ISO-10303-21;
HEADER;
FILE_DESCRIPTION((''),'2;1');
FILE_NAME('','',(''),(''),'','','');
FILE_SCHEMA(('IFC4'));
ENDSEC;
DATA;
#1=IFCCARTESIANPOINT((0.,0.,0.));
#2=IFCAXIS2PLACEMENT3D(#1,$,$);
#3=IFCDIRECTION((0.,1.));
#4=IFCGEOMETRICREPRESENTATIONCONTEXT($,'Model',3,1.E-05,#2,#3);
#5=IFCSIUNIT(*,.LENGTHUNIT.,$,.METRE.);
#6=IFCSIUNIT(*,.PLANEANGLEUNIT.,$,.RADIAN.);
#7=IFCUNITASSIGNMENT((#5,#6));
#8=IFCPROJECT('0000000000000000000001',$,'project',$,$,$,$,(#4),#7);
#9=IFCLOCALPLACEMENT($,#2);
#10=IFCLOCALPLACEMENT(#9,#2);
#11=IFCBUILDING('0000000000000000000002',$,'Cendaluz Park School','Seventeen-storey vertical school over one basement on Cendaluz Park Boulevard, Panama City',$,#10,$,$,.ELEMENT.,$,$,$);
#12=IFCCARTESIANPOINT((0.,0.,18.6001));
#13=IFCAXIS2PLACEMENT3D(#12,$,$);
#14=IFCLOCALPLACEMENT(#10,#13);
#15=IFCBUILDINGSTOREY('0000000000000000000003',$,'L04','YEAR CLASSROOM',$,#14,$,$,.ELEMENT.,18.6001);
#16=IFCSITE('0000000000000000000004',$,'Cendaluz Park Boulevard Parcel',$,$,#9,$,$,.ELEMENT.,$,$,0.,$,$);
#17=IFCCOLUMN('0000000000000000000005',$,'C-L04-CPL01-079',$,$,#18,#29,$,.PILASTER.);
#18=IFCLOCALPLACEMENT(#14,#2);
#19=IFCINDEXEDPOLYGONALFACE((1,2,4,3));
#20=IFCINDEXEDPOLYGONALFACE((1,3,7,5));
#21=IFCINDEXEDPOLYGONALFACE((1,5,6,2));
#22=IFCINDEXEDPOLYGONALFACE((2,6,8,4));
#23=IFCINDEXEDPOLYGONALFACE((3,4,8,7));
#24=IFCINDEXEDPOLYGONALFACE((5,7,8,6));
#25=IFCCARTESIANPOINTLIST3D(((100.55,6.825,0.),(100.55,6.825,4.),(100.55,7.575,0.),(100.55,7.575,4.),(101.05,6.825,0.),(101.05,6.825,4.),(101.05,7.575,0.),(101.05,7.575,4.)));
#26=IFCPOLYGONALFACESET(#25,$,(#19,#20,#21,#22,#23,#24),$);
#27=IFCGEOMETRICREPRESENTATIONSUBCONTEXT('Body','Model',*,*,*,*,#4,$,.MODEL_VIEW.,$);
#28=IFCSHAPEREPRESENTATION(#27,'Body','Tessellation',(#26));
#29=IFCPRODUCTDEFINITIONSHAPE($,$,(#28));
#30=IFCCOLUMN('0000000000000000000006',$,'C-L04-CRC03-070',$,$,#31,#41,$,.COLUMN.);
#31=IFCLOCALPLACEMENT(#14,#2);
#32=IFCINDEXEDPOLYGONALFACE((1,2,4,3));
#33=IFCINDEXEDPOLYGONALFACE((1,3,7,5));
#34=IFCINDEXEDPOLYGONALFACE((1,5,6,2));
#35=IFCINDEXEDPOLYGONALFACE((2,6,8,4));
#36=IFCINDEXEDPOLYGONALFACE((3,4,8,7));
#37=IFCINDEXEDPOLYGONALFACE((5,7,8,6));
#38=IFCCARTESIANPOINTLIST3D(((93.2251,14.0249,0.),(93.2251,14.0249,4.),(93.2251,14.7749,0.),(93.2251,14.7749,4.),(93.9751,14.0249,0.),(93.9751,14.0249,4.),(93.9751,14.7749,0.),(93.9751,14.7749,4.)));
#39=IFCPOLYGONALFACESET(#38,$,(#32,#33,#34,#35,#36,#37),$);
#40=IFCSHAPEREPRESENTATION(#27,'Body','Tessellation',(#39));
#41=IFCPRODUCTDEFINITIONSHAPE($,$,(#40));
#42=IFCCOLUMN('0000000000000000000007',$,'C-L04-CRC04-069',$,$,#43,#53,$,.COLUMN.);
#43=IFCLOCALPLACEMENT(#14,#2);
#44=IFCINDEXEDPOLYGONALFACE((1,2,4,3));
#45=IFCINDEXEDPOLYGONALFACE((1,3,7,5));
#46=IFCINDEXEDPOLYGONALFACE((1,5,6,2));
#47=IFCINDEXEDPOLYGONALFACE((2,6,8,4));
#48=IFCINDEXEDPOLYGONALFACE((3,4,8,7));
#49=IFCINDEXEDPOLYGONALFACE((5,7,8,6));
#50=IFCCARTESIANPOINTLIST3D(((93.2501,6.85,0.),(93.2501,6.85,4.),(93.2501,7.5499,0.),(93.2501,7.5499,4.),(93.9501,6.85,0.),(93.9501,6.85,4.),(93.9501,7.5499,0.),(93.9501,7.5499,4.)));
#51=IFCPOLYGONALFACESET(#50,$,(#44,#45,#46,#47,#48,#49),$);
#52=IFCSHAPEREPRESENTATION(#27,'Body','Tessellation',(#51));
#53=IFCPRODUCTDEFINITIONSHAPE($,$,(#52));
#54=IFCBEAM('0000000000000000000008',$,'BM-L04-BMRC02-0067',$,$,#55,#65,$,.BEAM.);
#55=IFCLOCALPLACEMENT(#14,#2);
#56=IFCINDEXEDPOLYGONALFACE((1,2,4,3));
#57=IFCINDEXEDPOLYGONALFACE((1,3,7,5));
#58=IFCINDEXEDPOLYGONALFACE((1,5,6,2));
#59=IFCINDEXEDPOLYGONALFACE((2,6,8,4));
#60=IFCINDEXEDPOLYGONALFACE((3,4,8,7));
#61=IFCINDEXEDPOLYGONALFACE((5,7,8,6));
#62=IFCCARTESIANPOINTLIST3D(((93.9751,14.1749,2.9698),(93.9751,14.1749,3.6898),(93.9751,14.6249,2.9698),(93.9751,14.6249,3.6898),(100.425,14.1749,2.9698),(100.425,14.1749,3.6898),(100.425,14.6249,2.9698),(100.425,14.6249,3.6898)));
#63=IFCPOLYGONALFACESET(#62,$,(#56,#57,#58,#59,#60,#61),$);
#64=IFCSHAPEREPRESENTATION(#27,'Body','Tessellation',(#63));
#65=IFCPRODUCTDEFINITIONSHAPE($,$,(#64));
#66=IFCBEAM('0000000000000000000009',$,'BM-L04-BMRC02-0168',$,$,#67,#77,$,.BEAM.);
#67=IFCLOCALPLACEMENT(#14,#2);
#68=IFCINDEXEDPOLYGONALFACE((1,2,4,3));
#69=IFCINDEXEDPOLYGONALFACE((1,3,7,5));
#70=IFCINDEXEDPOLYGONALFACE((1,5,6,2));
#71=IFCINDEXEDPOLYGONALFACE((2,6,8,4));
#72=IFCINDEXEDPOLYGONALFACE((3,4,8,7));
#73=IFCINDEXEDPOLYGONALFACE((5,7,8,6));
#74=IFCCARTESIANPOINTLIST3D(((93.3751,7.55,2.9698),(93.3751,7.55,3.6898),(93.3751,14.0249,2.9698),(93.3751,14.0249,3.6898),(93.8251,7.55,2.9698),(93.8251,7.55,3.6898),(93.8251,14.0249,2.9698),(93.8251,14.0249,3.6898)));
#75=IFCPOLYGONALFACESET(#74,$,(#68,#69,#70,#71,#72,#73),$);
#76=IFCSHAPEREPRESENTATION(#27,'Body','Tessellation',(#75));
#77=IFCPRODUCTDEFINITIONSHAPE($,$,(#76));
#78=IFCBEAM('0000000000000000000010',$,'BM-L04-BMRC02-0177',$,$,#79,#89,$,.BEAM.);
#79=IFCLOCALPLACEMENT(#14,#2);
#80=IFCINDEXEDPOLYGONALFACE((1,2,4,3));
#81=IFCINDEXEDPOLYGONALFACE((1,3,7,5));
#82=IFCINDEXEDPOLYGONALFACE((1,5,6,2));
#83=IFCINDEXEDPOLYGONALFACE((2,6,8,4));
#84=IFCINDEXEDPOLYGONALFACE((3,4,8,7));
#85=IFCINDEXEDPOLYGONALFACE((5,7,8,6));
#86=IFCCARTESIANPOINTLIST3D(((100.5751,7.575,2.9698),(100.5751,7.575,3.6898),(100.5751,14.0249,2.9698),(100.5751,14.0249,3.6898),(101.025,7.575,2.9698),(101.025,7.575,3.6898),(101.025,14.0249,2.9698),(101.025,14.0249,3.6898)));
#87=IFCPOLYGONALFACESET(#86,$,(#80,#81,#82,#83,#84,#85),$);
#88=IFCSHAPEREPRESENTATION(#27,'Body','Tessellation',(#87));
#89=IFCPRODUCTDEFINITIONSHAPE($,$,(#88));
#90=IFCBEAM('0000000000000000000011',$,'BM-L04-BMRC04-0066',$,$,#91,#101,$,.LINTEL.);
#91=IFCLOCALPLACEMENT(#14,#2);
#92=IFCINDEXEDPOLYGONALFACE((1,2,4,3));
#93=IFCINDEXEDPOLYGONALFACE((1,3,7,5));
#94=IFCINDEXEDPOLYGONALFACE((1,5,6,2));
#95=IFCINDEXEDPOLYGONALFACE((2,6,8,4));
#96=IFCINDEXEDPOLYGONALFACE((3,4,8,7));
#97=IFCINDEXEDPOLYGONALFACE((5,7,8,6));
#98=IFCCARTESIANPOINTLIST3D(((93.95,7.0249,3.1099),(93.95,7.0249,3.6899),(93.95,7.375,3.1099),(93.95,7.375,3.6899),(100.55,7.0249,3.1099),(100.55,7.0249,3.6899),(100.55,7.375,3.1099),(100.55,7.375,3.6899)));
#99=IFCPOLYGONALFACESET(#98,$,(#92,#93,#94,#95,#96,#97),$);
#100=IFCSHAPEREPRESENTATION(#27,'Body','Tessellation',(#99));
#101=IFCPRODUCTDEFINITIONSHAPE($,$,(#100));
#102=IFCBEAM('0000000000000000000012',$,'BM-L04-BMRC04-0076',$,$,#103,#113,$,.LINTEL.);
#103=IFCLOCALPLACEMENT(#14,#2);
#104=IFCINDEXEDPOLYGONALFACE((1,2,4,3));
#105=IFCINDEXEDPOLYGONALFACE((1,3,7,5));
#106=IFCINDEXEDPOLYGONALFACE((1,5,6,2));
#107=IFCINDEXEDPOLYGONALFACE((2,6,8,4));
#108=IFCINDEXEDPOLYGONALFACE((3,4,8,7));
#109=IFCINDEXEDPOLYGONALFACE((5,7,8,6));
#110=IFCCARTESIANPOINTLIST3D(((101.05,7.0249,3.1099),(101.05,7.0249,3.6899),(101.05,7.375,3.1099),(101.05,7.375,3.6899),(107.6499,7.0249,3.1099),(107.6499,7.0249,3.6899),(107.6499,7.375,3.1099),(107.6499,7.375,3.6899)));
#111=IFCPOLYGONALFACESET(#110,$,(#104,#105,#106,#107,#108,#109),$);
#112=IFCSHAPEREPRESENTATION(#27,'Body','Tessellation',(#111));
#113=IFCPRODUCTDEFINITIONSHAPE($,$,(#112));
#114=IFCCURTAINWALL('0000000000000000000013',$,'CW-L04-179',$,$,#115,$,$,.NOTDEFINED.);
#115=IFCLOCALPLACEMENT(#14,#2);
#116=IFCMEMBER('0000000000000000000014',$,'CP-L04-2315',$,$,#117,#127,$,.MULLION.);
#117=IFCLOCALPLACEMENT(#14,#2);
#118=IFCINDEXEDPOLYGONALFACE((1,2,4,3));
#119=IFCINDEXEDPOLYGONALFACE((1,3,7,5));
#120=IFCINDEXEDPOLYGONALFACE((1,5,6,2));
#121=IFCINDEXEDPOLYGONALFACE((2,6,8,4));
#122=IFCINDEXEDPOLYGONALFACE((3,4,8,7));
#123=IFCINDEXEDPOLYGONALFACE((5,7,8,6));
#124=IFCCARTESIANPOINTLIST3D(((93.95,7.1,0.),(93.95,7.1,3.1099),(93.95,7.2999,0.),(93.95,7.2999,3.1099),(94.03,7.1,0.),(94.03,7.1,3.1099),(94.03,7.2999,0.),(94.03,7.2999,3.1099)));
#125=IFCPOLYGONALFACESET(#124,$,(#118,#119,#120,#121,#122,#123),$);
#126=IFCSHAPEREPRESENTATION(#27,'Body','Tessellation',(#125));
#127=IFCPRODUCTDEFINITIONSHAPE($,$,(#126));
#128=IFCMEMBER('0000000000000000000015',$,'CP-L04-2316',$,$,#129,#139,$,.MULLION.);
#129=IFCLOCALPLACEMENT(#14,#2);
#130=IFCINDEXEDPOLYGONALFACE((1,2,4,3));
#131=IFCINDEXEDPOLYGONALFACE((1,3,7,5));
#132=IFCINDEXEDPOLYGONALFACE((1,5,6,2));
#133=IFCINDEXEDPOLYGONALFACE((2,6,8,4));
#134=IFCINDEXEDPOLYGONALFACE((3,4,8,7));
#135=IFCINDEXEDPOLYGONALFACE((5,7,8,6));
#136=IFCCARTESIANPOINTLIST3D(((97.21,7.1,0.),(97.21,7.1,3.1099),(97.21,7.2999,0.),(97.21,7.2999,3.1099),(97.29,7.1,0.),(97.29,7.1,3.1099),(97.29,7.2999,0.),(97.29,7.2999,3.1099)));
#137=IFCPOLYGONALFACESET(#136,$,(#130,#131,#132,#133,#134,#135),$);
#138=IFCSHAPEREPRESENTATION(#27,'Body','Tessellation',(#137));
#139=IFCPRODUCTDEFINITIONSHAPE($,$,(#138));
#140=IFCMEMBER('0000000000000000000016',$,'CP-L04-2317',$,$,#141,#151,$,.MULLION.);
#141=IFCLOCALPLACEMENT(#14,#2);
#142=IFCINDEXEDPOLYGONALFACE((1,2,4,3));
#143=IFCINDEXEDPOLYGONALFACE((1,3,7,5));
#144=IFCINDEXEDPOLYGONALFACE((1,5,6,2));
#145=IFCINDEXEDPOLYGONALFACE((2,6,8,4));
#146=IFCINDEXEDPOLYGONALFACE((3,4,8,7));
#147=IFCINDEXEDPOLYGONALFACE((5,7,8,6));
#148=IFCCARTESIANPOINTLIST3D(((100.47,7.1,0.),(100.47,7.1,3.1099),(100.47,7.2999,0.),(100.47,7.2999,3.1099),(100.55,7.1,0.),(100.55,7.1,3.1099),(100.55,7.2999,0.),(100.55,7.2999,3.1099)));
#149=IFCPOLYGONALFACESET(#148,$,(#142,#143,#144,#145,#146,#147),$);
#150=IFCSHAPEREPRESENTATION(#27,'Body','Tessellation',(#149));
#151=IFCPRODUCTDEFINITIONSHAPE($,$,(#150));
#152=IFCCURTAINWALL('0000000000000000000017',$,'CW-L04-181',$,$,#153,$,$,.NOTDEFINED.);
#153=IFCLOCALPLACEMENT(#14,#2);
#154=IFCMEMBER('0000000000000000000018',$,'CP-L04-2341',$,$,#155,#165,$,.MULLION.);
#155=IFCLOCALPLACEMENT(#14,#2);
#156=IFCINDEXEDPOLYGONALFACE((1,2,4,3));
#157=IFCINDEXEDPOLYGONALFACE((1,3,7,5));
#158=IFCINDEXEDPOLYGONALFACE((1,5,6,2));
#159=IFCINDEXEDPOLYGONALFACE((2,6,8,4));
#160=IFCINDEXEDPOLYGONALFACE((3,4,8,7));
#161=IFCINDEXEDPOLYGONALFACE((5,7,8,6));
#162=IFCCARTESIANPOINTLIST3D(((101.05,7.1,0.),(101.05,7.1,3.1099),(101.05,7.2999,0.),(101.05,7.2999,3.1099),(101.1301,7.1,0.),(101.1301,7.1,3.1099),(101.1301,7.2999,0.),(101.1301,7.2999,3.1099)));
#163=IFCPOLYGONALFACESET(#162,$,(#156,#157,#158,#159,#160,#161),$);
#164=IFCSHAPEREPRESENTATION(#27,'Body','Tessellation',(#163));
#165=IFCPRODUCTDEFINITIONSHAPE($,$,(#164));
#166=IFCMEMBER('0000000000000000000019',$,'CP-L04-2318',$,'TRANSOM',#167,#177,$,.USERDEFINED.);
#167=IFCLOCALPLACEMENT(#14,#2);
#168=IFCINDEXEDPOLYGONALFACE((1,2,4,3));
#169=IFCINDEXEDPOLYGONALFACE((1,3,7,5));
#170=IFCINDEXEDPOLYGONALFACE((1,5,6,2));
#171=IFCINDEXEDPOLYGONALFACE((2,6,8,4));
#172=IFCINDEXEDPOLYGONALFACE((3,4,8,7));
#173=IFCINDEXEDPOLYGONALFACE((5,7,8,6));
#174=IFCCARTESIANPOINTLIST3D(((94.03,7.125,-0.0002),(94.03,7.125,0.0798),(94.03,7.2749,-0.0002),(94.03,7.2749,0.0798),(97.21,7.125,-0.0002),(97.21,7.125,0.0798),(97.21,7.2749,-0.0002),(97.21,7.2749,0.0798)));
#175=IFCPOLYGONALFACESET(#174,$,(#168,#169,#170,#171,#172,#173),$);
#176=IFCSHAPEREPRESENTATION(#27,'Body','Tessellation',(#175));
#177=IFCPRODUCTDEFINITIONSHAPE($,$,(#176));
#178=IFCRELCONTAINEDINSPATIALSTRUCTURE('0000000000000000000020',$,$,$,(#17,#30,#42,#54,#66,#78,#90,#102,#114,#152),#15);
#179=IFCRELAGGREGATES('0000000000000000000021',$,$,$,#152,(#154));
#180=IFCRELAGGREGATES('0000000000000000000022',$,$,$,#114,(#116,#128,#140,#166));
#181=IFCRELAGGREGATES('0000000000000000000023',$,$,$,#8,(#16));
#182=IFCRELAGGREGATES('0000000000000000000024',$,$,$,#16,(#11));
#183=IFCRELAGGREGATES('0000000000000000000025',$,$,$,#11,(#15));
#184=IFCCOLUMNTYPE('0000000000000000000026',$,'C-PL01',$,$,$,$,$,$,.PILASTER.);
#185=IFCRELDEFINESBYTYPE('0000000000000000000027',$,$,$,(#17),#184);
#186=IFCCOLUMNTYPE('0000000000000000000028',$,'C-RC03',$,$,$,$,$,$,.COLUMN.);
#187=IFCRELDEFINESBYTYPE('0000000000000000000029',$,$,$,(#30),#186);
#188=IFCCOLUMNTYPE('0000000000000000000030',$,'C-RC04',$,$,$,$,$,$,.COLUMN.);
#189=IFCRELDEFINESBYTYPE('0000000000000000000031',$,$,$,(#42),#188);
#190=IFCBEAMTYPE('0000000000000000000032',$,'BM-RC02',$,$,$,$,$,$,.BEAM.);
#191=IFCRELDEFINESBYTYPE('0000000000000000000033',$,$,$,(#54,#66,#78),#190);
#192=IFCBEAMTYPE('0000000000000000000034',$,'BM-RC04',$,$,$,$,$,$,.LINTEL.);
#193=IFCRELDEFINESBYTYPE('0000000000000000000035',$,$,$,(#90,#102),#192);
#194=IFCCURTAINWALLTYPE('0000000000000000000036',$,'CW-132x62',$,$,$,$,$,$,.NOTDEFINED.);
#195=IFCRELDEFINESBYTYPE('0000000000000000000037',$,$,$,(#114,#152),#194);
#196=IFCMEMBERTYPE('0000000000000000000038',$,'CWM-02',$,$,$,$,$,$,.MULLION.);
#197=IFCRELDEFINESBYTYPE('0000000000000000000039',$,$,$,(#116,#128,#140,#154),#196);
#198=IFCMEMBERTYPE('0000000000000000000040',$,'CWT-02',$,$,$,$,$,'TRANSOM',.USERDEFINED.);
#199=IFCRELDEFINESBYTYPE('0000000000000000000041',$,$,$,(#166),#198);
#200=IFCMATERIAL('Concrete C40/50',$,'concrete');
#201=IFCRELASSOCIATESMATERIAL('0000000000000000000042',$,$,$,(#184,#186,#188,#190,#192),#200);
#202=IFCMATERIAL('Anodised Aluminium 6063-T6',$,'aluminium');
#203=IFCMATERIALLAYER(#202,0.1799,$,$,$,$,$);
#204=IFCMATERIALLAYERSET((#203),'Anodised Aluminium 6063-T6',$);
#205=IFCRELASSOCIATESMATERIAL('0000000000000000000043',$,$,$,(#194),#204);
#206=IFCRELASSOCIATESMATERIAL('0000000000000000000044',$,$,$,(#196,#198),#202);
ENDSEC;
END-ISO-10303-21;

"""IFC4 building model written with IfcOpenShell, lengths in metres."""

from ifc_helpers import new_model, si_unit, direction, frame, origin, origin_2d, place, context, subcontext, project, spatial, rectangle, extrude, material, layer, layer_set, material_profile, profile_set, type_object, element, aggregate, save


model = new_model("IFC4")

# Units and contexts
model_context = context("Model", 3, precision=1e-05, world=origin(), true_north=direction((0.0, 1.0)))
body_context = subcontext(model_context, "Body", "Model", "MODEL_VIEW")
ifc_project = project(units=[si_unit("LENGTHUNIT", "METRE"), si_unit("PLANEANGLEUNIT", "RADIAN")], contexts=[model_context])

# Site, building, storey
site_placement = place(None, origin())
site = spatial("IfcSite", under=ifc_project, at=site_placement, Name="Cendaluz Park Boulevard Parcel", CompositionType="ELEMENT", RefElevation=0.0)
building_placement = place(site_placement, origin())
building = spatial("IfcBuilding", under=site, at=building_placement, Name="Cendaluz Park School", Description="Seventeen-storey vertical school over one basement on Cendaluz Park Boulevard, Panama City", CompositionType="ELEMENT")
storey_placement = place(building_placement, frame((0.0, 0.0, 18.6001)))
storey = spatial("IfcBuildingStorey", under=building, at=storey_placement, Name="L04", Description="YEAR CLASSROOM", CompositionType="ELEMENT", Elevation=18.6001)

# Columns
ifc_material_1 = material(Name="Concrete C40/50", Category="concrete")
ifc_material_profile_1 = material_profile(ifc_material_1, rectangle(XDim=0.5, YDim=0.75, at=origin_2d()), Name="RC 500x750", Category="concrete")
ifc_profile_set_1 = profile_set([ifc_material_profile_1], Name="Concrete C40/50")
column_type_1 = type_object("IfcColumnType", Name="C-PL01", PredefinedType="PILASTER", material=ifc_profile_set_1)
column_1_placement = place(storey_placement, frame((100.8, 7.2, 0.0), z_axis=(0.0, 0.0, 1.0), x_axis=(1.0, 0.0, 0.0)))
element("IfcColumn", 1, at=column_1_placement, inside=storey, type_object=column_type_1, Name="C-L04-CPL01-079", PredefinedType="PILASTER", context=body_context, shape_type="SweptSolid", body=[
    extrude(rectangle(XDim=0.5, YDim=0.75, at=origin_2d()), origin(), (0.0, 0.0, 1.0), 4.0),
])
ifc_material_profile_2 = material_profile(ifc_material_1, rectangle(XDim=0.75, YDim=0.75, at=origin_2d()), Name="RC 750x750", Category="concrete")
ifc_profile_set_2 = profile_set([ifc_material_profile_2], Name="Concrete C40/50")
column_type_2 = type_object("IfcColumnType", Name="C-RC03", PredefinedType="COLUMN", material=ifc_profile_set_2)
column_2_placement = place(storey_placement, frame((93.6001, 14.3999, 0.0), z_axis=(0.0, 0.0, 1.0), x_axis=(1.0, 0.0, 0.0)))
element("IfcColumn", 2, at=column_2_placement, inside=storey, type_object=column_type_2, Name="C-L04-CRC03-070", PredefinedType="COLUMN", context=body_context, shape_type="SweptSolid", body=[
    extrude(rectangle(XDim=0.75, YDim=0.75, at=origin_2d()), origin(), (0.0, 0.0, 1.0), 4.0),
])
ifc_material_profile_3 = material_profile(ifc_material_1, rectangle(XDim=0.7, YDim=0.7, at=origin_2d()), Name="RC 700x700", Category="concrete")
ifc_profile_set_3 = profile_set([ifc_material_profile_3], Name="Concrete C40/50")
column_type_3 = type_object("IfcColumnType", Name="C-RC04", PredefinedType="COLUMN", material=ifc_profile_set_3)
column_3_placement = place(storey_placement, frame((93.6001, 7.2, 0.0), z_axis=(0.0, 0.0, 1.0), x_axis=(1.0, 0.0, 0.0)))
element("IfcColumn", 3, at=column_3_placement, inside=storey, type_object=column_type_3, Name="C-L04-CRC04-069", PredefinedType="COLUMN", context=body_context, shape_type="SweptSolid", body=[
    extrude(rectangle(XDim=0.7, YDim=0.7, at=origin_2d()), origin(), (0.0, 0.0, 1.0), 4.0),
])

# Beams
ifc_material_profile_4 = material_profile(ifc_material_1, rectangle(XDim=0.45, YDim=0.72, at=origin_2d()), Name="RC 450x720", Category="concrete")
ifc_profile_set_4 = profile_set([ifc_material_profile_4], Name="Concrete C40/50")
beam_type_1 = type_object("IfcBeamType", Name="BM-RC02", PredefinedType="BEAM", material=ifc_profile_set_4)
beam_1_placement = place(storey_placement, frame((93.9751, 14.3999, 3.3298), z_axis=(1.0, 0.0, 0.0), x_axis=(0.0, 1.0, 0.0)))
element("IfcBeam", 4, at=beam_1_placement, inside=storey, type_object=beam_type_1, Name="BM-L04-BMRC02-0067", PredefinedType="BEAM", context=body_context, shape_type="SweptSolid", body=[
    extrude(rectangle(XDim=0.45, YDim=0.72, at=origin_2d()), origin(), (0.0, 0.0, 1.0), 6.45),
])
beam_2_placement = place(storey_placement, frame((93.6001, 7.55, 3.3298), z_axis=(0.0, 1.0, 0.0), x_axis=(-1.0, 0.0, 0.0)))
element("IfcBeam", 5, at=beam_2_placement, inside=storey, type_object=beam_type_1, Name="BM-L04-BMRC02-0168", PredefinedType="BEAM", context=body_context, shape_type="SweptSolid", body=[
    extrude(rectangle(XDim=0.45, YDim=0.72, at=origin_2d()), origin(), (0.0, 0.0, 1.0), 6.4749),
])
beam_3_placement = place(storey_placement, frame((100.8, 7.575, 3.3298), z_axis=(0.0, 1.0, 0.0), x_axis=(-1.0, 0.0, 0.0)))
element("IfcBeam", 6, at=beam_3_placement, inside=storey, type_object=beam_type_1, Name="BM-L04-BMRC02-0177", PredefinedType="BEAM", context=body_context, shape_type="SweptSolid", body=[
    extrude(rectangle(XDim=0.45, YDim=0.72, at=origin_2d()), origin(), (0.0, 0.0, 1.0), 6.45),
])
ifc_material_profile_5 = material_profile(ifc_material_1, rectangle(XDim=0.3501, YDim=0.5801, at=origin_2d()), Name="RC 350x580", Category="concrete")
ifc_profile_set_5 = profile_set([ifc_material_profile_5], Name="Concrete C40/50")
beam_type_2 = type_object("IfcBeamType", Name="BM-RC04", PredefinedType="LINTEL", material=ifc_profile_set_5)
beam_4_placement = place(storey_placement, frame((93.95, 7.2, 3.3999), z_axis=(1.0, 0.0, 0.0), x_axis=(0.0, 1.0, 0.0)))
element("IfcBeam", 7, at=beam_4_placement, inside=storey, type_object=beam_type_2, Name="BM-L04-BMRC04-0066", PredefinedType="LINTEL", context=body_context, shape_type="SweptSolid", body=[
    extrude(rectangle(XDim=0.3501, YDim=0.5801, at=origin_2d()), origin(), (0.0, 0.0, 1.0), 6.6001),
])
beam_5_placement = place(storey_placement, frame((101.05, 7.2, 3.3999), z_axis=(1.0, 0.0, 0.0), x_axis=(0.0, 1.0, 0.0)))
element("IfcBeam", 8, at=beam_5_placement, inside=storey, type_object=beam_type_2, Name="BM-L04-BMRC04-0076", PredefinedType="LINTEL", context=body_context, shape_type="SweptSolid", body=[
    extrude(rectangle(XDim=0.3501, YDim=0.5801, at=origin_2d()), origin(), (0.0, 0.0, 1.0), 6.5999),
])

# Curtain wall, members
ifc_material_2 = material(Name="Anodised Aluminium 6063-T6", Category="aluminium")
ifc_layer_1 = layer(ifc_material_2, 0.1799)
ifc_layer_set_1 = layer_set([ifc_layer_1], Name="Anodised Aluminium 6063-T6")
curtain_wall_type = type_object("IfcCurtainWallType", Name="CW-132x62", PredefinedType="NOTDEFINED", material=ifc_layer_set_1)
curtain_wall_1_placement = place(storey_placement, origin())
curtain_wall_1 = element("IfcCurtainWall", 9, at=curtain_wall_1_placement, inside=storey, type_object=curtain_wall_type, Name="CW-L04-179", PredefinedType="NOTDEFINED")
ifc_material_profile_6 = material_profile(ifc_material_2, rectangle(XDim=0.2, YDim=0.0801, at=origin_2d()), Name="CWM 200x80", Category="aluminium")
ifc_profile_set_6 = profile_set([ifc_material_profile_6], Name="Anodised Aluminium 6063-T6")
member_type_1 = type_object("IfcMemberType", Name="CWM-02", PredefinedType="MULLION", material=ifc_profile_set_6)
member_1_placement = place(storey_placement, frame((93.99, 7.2, 0.0), z_axis=(0.0, 0.0, 1.0), x_axis=(0.0, 1.0, 0.0)))
member_1 = element("IfcMember", 10, at=member_1_placement, type_object=member_type_1, Name="CP-L04-2315", PredefinedType="MULLION", context=body_context, shape_type="SweptSolid", body=[
    extrude(rectangle(XDim=0.2, YDim=0.0801, at=origin_2d()), origin(), (0.0, 0.0, 1.0), 3.1099),
])
member_2_placement = place(storey_placement, frame((97.25, 7.2, 0.0), z_axis=(0.0, 0.0, 1.0), x_axis=(0.0, 1.0, 0.0)))
member_2 = element("IfcMember", 11, at=member_2_placement, type_object=member_type_1, Name="CP-L04-2316", PredefinedType="MULLION", context=body_context, shape_type="SweptSolid", body=[
    extrude(rectangle(XDim=0.2, YDim=0.0801, at=origin_2d()), origin(), (0.0, 0.0, 1.0), 3.1099),
])
member_3_placement = place(storey_placement, frame((100.51, 7.2, 0.0), z_axis=(0.0, 0.0, 1.0), x_axis=(0.0, 1.0, 0.0)))
member_3 = element("IfcMember", 12, at=member_3_placement, type_object=member_type_1, Name="CP-L04-2317", PredefinedType="MULLION", context=body_context, shape_type="SweptSolid", body=[
    extrude(rectangle(XDim=0.2, YDim=0.0801, at=origin_2d()), origin(), (0.0, 0.0, 1.0), 3.1099),
])

# Curtain wall, member
curtain_wall_2_placement = place(storey_placement, origin())
curtain_wall_2 = element("IfcCurtainWall", 13, at=curtain_wall_2_placement, inside=storey, type_object=curtain_wall_type, Name="CW-L04-181", PredefinedType="NOTDEFINED")
member_4_placement = place(storey_placement, frame((101.0901, 7.2, 0.0), z_axis=(0.0, 0.0, 1.0), x_axis=(0.0, 1.0, 0.0)))
member_4 = element("IfcMember", 14, at=member_4_placement, type_object=member_type_1, Name="CP-L04-2341", PredefinedType="MULLION", context=body_context, shape_type="SweptSolid", body=[
    extrude(rectangle(XDim=0.2, YDim=0.0801, at=origin_2d()), origin(), (0.0, 0.0, 1.0), 3.1099),
])

# Member
ifc_material_profile_7 = material_profile(ifc_material_2, rectangle(XDim=0.1499, YDim=0.0801, at=origin_2d()), Name="CWT 150x80", Category="aluminium")
ifc_profile_set_7 = profile_set([ifc_material_profile_7], Name="Anodised Aluminium 6063-T6")
member_type_2 = type_object("IfcMemberType", Name="CWT-02", ElementType="TRANSOM", PredefinedType="USERDEFINED", material=ifc_profile_set_7)
member_5_placement = place(storey_placement, frame((94.03, 7.2, 0.0398), z_axis=(1.0, 0.0, 0.0), x_axis=(0.0, 1.0, 0.0)))
member_5 = element("IfcMember", 15, at=member_5_placement, type_object=member_type_2, Name="CP-L04-2318", ObjectType="TRANSOM", PredefinedType="USERDEFINED", context=body_context, shape_type="SweptSolid", body=[
    extrude(rectangle(XDim=0.1499, YDim=0.0801, at=origin_2d()), origin(), (0.0, 0.0, 1.0), 3.1799),
])
aggregate(curtain_wall_2, [member_4])

aggregate(curtain_wall_1, [member_1, member_2, member_3, member_5])

save(model, "model.ifc")
